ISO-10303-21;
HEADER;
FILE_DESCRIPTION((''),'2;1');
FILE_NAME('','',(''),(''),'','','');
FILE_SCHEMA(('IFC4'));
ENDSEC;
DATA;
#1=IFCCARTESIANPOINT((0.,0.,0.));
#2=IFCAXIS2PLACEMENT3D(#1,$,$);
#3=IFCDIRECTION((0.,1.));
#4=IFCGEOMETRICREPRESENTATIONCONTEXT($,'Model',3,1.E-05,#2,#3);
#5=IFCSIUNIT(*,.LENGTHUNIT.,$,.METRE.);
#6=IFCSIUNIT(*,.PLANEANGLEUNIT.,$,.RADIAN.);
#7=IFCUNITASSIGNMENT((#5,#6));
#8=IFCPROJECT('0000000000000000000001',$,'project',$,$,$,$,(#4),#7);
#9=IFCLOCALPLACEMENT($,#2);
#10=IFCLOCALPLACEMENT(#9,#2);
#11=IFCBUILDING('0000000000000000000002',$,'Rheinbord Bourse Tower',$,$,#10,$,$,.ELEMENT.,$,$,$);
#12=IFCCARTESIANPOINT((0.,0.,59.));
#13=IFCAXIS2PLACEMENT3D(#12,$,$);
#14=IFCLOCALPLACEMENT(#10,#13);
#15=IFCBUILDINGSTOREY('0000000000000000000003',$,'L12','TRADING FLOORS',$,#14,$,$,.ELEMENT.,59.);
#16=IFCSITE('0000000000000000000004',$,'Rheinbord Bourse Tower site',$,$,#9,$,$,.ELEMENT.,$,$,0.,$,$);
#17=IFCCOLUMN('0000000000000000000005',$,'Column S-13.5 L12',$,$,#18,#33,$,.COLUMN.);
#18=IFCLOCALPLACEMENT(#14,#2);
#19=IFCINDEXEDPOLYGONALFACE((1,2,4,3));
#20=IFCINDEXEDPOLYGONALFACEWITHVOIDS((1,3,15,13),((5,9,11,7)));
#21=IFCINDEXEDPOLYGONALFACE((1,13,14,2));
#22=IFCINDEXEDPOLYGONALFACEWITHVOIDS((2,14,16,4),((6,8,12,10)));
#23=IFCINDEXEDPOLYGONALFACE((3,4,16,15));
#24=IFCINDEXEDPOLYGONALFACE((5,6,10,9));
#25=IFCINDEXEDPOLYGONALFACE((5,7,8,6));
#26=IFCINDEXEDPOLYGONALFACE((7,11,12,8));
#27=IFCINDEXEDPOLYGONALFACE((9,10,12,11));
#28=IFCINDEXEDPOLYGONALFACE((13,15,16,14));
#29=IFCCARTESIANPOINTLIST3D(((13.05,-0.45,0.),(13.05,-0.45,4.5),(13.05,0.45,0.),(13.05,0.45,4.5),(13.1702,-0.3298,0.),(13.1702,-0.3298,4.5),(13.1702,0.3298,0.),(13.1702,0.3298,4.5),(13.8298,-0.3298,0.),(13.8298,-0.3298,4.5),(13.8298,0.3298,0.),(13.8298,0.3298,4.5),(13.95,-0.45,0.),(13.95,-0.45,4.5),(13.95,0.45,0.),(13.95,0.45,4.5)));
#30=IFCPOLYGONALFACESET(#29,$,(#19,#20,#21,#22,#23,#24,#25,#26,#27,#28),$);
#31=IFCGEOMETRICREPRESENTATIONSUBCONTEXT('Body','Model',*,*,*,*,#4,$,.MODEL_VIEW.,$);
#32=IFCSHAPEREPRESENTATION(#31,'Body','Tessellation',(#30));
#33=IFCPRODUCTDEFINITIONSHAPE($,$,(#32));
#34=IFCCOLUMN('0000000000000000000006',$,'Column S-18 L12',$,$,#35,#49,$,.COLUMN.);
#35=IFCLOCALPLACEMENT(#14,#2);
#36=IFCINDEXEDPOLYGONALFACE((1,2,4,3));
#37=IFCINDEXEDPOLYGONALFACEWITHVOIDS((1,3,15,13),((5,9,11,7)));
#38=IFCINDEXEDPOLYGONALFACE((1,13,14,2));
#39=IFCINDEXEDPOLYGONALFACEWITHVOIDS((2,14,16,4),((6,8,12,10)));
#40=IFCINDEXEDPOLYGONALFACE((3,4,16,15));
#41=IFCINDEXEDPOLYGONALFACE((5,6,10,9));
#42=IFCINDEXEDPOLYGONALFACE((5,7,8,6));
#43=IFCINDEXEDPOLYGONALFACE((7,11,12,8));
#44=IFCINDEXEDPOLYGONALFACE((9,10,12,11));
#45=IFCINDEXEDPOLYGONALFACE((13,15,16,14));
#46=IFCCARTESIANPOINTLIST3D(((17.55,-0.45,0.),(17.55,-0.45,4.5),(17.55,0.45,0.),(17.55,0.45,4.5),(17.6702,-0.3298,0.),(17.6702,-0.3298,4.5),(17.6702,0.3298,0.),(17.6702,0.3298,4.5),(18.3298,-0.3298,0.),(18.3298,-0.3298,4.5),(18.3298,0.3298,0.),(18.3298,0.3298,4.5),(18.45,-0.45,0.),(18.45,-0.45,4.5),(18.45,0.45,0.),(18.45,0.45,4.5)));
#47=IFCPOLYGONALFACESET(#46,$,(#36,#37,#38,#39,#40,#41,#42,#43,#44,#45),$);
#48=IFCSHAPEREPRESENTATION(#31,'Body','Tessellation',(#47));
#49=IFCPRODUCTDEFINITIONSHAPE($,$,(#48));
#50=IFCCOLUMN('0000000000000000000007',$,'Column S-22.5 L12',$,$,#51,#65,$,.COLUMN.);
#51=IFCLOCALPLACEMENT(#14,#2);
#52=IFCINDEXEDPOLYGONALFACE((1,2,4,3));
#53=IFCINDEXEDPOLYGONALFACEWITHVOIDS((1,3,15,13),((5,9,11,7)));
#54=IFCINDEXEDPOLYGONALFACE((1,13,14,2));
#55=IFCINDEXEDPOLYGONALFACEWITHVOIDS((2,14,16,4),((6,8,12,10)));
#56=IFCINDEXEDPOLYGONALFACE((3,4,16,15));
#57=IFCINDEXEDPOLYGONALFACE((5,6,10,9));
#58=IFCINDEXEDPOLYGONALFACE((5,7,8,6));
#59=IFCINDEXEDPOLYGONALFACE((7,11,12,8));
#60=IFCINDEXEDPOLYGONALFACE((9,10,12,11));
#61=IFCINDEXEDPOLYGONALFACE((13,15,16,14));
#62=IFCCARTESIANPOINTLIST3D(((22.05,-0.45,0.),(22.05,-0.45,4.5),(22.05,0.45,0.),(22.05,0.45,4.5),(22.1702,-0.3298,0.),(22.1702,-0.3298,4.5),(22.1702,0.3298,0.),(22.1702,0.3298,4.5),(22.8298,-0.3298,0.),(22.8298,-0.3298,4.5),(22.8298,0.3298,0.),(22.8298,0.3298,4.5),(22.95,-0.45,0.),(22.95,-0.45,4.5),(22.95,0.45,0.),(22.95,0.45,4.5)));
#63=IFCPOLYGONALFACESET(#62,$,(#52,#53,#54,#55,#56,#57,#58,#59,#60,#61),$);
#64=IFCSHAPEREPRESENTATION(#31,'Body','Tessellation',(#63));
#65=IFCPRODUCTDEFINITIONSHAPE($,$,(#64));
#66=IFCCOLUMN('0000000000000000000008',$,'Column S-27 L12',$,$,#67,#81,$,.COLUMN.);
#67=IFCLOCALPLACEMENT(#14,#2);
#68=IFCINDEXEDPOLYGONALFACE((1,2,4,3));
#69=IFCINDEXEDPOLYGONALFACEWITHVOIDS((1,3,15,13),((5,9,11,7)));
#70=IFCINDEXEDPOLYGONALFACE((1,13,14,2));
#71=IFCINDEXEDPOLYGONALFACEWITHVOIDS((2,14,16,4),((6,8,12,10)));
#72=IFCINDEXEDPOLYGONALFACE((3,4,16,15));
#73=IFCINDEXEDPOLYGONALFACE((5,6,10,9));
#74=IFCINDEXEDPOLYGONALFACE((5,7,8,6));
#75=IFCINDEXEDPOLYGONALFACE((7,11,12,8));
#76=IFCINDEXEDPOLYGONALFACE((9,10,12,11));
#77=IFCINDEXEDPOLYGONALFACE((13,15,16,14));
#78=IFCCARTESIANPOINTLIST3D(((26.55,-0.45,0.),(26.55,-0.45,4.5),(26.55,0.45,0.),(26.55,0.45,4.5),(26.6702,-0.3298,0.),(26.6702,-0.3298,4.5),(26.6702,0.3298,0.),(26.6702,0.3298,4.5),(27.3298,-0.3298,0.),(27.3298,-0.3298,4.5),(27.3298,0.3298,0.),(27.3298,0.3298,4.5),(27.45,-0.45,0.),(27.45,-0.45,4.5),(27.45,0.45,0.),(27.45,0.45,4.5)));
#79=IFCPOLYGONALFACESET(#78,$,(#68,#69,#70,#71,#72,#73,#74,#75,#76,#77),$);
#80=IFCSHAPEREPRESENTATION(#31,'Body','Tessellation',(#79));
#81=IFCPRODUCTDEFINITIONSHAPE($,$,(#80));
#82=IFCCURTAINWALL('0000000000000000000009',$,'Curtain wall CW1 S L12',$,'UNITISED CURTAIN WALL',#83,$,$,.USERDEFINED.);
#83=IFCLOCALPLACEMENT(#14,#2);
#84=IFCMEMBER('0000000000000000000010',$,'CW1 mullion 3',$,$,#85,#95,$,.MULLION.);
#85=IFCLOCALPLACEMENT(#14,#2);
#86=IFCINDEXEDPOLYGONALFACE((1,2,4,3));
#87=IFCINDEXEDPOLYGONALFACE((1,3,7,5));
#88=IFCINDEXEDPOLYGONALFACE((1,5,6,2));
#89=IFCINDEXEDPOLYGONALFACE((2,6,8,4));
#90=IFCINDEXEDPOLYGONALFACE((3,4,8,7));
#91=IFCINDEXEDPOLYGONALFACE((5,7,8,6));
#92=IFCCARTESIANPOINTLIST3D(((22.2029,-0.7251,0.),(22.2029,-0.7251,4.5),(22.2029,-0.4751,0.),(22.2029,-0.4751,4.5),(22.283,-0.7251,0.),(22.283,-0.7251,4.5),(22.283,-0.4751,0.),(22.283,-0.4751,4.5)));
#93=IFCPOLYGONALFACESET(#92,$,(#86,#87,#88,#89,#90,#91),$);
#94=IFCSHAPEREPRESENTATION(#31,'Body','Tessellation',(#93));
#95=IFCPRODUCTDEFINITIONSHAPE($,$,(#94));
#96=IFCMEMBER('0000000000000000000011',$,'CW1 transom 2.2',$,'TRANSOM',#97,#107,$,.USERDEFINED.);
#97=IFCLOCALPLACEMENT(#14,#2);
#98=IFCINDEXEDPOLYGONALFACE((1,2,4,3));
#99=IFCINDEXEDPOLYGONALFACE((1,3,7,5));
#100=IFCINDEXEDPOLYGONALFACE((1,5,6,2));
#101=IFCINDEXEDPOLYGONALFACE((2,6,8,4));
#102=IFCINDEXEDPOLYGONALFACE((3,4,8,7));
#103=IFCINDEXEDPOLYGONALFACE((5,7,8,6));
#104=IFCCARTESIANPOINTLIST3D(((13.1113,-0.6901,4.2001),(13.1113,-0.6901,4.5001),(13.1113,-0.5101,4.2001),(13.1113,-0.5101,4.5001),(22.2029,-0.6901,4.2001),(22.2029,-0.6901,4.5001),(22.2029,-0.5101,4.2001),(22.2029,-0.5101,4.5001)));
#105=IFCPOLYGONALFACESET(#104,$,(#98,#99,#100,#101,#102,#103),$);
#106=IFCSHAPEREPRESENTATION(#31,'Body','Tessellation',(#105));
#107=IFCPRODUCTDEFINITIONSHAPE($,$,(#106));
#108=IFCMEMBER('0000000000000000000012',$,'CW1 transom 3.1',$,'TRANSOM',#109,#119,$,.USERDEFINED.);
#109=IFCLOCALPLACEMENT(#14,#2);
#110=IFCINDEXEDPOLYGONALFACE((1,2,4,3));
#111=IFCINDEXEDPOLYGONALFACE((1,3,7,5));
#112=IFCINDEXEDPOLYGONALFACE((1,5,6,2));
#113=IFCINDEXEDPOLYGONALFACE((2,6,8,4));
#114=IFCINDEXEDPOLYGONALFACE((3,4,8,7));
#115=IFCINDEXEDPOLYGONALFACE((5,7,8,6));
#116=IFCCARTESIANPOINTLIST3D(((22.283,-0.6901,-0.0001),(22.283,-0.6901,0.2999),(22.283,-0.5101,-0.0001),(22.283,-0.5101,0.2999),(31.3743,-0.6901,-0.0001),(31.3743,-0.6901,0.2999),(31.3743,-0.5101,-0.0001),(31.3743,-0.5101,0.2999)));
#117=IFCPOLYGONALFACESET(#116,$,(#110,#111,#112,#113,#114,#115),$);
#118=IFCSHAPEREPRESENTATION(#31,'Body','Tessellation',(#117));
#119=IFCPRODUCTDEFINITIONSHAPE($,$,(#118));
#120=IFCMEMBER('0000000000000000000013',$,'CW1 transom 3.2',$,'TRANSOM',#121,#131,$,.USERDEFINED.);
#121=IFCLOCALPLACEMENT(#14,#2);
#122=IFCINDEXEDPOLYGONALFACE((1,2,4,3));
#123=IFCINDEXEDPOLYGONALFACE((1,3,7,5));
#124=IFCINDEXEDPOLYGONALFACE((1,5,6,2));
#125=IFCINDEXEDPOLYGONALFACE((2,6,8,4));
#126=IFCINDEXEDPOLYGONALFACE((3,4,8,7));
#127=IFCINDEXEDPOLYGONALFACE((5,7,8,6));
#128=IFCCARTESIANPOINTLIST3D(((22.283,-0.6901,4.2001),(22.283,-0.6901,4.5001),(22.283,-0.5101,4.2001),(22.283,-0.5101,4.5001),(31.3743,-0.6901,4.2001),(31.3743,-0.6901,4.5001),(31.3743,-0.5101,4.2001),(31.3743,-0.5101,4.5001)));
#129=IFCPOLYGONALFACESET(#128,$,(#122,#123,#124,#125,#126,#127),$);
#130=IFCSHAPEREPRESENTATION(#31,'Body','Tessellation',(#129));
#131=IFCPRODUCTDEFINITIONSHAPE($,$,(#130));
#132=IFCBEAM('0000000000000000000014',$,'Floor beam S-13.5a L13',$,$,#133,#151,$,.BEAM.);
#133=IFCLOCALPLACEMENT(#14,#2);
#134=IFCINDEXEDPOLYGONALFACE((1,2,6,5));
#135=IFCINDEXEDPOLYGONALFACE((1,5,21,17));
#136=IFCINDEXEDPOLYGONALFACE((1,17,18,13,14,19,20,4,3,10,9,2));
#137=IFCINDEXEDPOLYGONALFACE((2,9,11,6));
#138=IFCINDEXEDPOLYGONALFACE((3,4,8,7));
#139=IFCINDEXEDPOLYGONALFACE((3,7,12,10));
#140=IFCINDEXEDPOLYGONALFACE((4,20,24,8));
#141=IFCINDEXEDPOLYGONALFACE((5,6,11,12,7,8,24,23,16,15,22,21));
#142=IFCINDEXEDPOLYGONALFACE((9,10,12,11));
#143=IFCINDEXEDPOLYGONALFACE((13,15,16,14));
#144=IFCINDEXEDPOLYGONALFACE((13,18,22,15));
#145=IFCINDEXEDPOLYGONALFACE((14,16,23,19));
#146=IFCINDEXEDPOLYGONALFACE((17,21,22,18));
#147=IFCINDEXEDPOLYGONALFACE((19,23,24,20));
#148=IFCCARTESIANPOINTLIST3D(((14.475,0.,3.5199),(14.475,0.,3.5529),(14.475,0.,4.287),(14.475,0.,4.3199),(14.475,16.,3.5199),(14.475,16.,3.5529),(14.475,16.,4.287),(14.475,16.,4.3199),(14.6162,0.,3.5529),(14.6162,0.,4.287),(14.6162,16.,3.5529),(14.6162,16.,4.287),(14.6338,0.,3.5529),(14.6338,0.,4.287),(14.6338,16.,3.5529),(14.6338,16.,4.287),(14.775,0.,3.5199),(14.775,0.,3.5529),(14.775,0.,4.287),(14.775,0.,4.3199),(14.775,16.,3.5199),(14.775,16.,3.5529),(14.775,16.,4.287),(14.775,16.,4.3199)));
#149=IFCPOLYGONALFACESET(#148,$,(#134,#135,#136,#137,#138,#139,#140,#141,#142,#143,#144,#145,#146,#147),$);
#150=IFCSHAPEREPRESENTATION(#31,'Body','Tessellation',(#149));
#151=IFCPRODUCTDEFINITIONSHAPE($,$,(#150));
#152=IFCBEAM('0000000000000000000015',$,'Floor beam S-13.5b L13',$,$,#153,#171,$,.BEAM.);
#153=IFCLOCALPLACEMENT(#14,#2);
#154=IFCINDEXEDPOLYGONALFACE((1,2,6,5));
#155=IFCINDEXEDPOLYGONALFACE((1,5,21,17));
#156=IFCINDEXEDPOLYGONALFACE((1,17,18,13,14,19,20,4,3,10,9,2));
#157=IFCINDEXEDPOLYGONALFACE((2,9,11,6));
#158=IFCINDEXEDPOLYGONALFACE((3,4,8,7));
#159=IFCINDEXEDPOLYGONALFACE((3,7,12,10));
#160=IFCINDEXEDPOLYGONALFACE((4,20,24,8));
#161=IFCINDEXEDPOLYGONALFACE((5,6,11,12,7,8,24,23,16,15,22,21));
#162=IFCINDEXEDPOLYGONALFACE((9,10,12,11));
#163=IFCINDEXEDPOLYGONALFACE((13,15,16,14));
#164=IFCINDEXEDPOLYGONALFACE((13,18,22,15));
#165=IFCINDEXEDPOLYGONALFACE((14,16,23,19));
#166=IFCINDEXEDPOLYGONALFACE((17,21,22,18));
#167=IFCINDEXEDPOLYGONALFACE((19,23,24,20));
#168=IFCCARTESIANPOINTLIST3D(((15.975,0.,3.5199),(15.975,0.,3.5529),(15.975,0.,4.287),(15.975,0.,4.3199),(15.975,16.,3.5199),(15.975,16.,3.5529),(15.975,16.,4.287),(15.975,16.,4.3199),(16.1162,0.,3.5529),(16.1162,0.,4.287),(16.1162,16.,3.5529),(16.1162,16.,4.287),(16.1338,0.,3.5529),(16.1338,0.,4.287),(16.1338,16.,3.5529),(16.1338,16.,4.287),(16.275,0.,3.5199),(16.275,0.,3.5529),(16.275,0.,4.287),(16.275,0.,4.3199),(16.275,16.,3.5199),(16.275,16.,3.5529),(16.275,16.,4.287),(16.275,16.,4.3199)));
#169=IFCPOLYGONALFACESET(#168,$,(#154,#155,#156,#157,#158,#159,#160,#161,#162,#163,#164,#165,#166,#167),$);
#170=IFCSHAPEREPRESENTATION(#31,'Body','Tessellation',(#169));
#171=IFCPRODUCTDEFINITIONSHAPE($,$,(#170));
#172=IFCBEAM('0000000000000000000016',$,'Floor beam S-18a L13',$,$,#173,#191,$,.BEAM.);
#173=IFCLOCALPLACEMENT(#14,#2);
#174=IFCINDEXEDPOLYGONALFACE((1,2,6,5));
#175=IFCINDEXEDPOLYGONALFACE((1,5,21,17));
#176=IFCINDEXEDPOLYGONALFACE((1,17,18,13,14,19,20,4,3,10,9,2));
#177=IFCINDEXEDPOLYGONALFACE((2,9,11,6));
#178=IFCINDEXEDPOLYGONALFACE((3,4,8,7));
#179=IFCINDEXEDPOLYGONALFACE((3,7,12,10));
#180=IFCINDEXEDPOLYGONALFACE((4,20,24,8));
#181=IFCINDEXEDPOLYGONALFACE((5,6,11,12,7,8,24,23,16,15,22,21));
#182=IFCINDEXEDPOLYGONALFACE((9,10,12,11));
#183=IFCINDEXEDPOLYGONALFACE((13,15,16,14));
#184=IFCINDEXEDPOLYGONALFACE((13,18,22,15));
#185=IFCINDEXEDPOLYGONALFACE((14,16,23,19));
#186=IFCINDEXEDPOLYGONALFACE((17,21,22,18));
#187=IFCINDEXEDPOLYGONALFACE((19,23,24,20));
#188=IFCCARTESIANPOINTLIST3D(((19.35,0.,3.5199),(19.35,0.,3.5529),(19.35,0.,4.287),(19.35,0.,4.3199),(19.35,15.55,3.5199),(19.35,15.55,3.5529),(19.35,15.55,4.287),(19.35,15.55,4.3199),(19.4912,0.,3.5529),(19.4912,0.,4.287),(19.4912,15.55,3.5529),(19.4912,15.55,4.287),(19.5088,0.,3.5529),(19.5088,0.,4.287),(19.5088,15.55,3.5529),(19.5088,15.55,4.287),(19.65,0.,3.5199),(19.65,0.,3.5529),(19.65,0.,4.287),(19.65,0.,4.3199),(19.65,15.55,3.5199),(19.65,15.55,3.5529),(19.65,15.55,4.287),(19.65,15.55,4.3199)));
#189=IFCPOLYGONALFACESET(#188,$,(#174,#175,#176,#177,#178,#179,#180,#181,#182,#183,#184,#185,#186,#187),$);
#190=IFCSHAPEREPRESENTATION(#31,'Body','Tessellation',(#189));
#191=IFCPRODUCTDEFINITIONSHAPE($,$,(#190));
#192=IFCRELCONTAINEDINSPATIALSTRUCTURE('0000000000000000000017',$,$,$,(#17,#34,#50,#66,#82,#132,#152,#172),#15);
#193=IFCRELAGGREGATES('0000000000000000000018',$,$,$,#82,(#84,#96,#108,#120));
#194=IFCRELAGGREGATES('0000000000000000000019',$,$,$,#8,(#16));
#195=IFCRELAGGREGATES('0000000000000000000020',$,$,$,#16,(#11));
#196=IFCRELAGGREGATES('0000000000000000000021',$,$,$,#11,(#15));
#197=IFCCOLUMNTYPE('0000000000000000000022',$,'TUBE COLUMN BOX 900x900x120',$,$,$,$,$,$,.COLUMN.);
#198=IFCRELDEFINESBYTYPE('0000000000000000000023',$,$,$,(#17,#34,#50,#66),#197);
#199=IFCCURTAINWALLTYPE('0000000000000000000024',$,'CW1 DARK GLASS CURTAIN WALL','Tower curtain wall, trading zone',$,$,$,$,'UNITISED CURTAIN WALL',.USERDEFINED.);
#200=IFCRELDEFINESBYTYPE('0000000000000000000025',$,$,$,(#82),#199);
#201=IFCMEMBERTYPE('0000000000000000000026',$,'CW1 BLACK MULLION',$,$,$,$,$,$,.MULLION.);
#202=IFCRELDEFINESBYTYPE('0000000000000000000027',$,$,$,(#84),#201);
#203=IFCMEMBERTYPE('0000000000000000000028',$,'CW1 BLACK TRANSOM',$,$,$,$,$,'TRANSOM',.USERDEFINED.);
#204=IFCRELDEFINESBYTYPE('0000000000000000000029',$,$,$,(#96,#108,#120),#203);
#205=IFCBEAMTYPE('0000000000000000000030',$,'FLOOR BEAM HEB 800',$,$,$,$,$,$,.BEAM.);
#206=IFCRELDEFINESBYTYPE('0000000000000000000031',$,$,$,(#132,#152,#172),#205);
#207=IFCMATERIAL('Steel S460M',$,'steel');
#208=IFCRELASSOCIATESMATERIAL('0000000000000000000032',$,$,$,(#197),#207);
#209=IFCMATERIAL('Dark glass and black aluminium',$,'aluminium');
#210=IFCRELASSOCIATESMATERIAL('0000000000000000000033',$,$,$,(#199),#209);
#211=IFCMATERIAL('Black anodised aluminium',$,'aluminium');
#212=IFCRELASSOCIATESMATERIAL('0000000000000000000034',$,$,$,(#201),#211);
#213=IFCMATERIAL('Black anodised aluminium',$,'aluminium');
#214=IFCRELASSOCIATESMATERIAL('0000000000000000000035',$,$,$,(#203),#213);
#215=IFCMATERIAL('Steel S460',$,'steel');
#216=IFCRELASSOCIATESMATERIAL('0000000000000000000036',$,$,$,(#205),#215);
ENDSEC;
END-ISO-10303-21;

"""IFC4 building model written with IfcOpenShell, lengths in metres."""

from ifc_helpers import new_model, si_unit, direction, frame, origin, origin_2d, place, context, subcontext, project, spatial, rectangle, hollow_rectangle, i_section, extrude, material, material_profile, profile_set, type_object, element, aggregate, save


model = new_model("IFC4")

# Units and contexts
model_context = context("Model", 3, precision=1e-05, world=origin(), true_north=direction((0.0, 1.0)))
body_context = subcontext(model_context, "Body", "Model", "MODEL_VIEW")
ifc_project = project(units=[si_unit("LENGTHUNIT", "METRE"), si_unit("PLANEANGLEUNIT", "RADIAN")], contexts=[model_context])

# Site, building, storey
site_placement = place(None, origin())
site = spatial("IfcSite", under=ifc_project, at=site_placement, Name="Rheinbord Bourse Tower site", CompositionType="ELEMENT", RefElevation=0.0)
building_placement = place(site_placement, origin())
building = spatial("IfcBuilding", under=site, at=building_placement, Name="Rheinbord Bourse Tower", CompositionType="ELEMENT")
storey_placement = place(building_placement, frame((0.0, 0.0, 59.0)))
storey = spatial("IfcBuildingStorey", under=building, at=storey_placement, Name="L12", Description="TRADING FLOORS", CompositionType="ELEMENT", Elevation=59.0)

# Columns
ifc_material_1 = material(Name="Steel S460M", Category="steel")
ifc_material_profile_1 = material_profile(ifc_material_1, hollow_rectangle(XDim=0.8999, YDim=0.8999, WallThickness=0.1201, at=origin_2d()), Name="BOX 900x900x120")
ifc_profile_set_1 = profile_set([ifc_material_profile_1], Name="Steel S460M")
column_type = type_object("IfcColumnType", Name="TUBE COLUMN BOX 900x900x120", PredefinedType="COLUMN", material=ifc_profile_set_1)
for number, where, z_axis, x_axis, name in (
    (1, (13.5, 0.0, 0.0), (0.0, 0.0, 1.0), (0.0, 1.0, 0.0), "Column S-13.5 L12"),
    (2, (18.0, 0.0, 0.0), (0.0, 0.0, 1.0), (0.0, 1.0, 0.0), "Column S-18 L12"),
    (3, (22.5, 0.0, 0.0), (0.0, 0.0, 1.0), (0.0, 1.0, 0.0), "Column S-22.5 L12"),
    (4, (27.0, 0.0, 0.0), (0.0, 0.0, 1.0), (0.0, 1.0, 0.0), "Column S-27 L12"),
):
    element("IfcColumn", number, at=place(storey_placement, frame(where, z_axis=z_axis, x_axis=x_axis)), inside=storey, type_object=column_type, Name=name, PredefinedType="COLUMN", context=body_context, shape_type="SweptSolid", body=[
        extrude(hollow_rectangle(XDim=0.8999, YDim=0.8999, WallThickness=0.1201, at=origin_2d()), origin(), (0.0, 0.0, 1.0), 4.5),
    ])

# Curtain wall, members
ifc_material_2 = material(Name="Dark glass and black aluminium", Category="aluminium")
curtain_wall_type = type_object("IfcCurtainWallType", Name="CW1 DARK GLASS CURTAIN WALL", Description="Tower curtain wall, trading zone", ElementType="UNITISED CURTAIN WALL", PredefinedType="USERDEFINED", material=ifc_material_2)
curtain_wall_placement = place(storey_placement, origin())
curtain_wall = element("IfcCurtainWall", 5, at=curtain_wall_placement, inside=storey, type_object=curtain_wall_type, Name="Curtain wall CW1 S L12", ObjectType="UNITISED CURTAIN WALL", PredefinedType="USERDEFINED")
ifc_material_3 = material(Name="Black anodised aluminium", Category="aluminium")
ifc_material_profile_2 = material_profile(ifc_material_3, rectangle(XDim=0.25, YDim=0.0801, at=origin_2d()), Name="CW1 MULLION 80x250")
ifc_profile_set_2 = profile_set([ifc_material_profile_2], Name="Black anodised aluminium")
member_type_1 = type_object("IfcMemberType", Name="CW1 BLACK MULLION", PredefinedType="MULLION", material=ifc_profile_set_2)
member_1_placement = place(storey_placement, frame((22.2429, -0.6001, 0.0), z_axis=(0.0, 0.0, 1.0), x_axis=(0.0, 1.0, 0.0)))
member_1 = element("IfcMember", 6, at=member_1_placement, type_object=member_type_1, Name="CW1 mullion 3", PredefinedType="MULLION", context=body_context, shape_type="SweptSolid", body=[
    extrude(rectangle(XDim=0.25, YDim=0.0801, at=origin_2d()), origin(), (0.0, 0.0, 1.0), 4.5),
])
ifc_material_4 = material(Name="Black anodised aluminium", Category="aluminium")
ifc_material_profile_3 = material_profile(ifc_material_4, rectangle(XDim=0.1799, YDim=0.3, at=origin_2d()), Name="CW1 TRANSOM 300x180")
ifc_profile_set_3 = profile_set([ifc_material_profile_3], Name="Black anodised aluminium")
member_type_2 = type_object("IfcMemberType", Name="CW1 BLACK TRANSOM", ElementType="TRANSOM", PredefinedType="USERDEFINED", material=ifc_profile_set_3)
member_2_placement = place(storey_placement, frame((13.1113, -0.6001, 4.3501), z_axis=(1.0, 0.0, 0.0), x_axis=(0.0, 1.0, 0.0)))
member_2 = element("IfcMember", 7, at=member_2_placement, type_object=member_type_2, Name="CW1 transom 2.2", ObjectType="TRANSOM", PredefinedType="USERDEFINED", context=body_context, shape_type="SweptSolid", body=[
    extrude(rectangle(XDim=0.1799, YDim=0.3, at=origin_2d()), origin(), (0.0, 0.0, 1.0), 9.0916),
])
member_3_placement = place(storey_placement, frame((22.283, -0.6001, 0.1499), z_axis=(1.0, 0.0, 0.0), x_axis=(0.0, 1.0, 0.0)))
member_3 = element("IfcMember", 8, at=member_3_placement, type_object=member_type_2, Name="CW1 transom 3.1", ObjectType="TRANSOM", PredefinedType="USERDEFINED", context=body_context, shape_type="SweptSolid", body=[
    extrude(rectangle(XDim=0.1799, YDim=0.3, at=origin_2d()), origin(), (0.0, 0.0, 1.0), 9.0913),
])
member_4_placement = place(storey_placement, frame((22.283, -0.6001, 4.3501), z_axis=(1.0, 0.0, 0.0), x_axis=(0.0, 1.0, 0.0)))
member_4 = element("IfcMember", 9, at=member_4_placement, type_object=member_type_2, Name="CW1 transom 3.2", ObjectType="TRANSOM", PredefinedType="USERDEFINED", context=body_context, shape_type="SweptSolid", body=[
    extrude(rectangle(XDim=0.1799, YDim=0.3, at=origin_2d()), origin(), (0.0, 0.0, 1.0), 9.0913),
])

# Beams
ifc_material_5 = material(Name="Steel S460", Category="steel")
ifc_material_profile_4 = material_profile(ifc_material_5, i_section(OverallWidth=0.3, OverallDepth=0.8, WebThickness=0.0176, FlangeThickness=0.033, at=origin_2d()), Name="HEB 800")
ifc_profile_set_4 = profile_set([ifc_material_profile_4], Name="Steel S460")
beam_type_1 = type_object("IfcBeamType", Name="FLOOR BEAM HEB 800", PredefinedType="BEAM", material=ifc_profile_set_4)
for number, where, z_axis, x_axis, name in (
    (10, (14.625, 0.0, 3.9199), (0.0, 1.0, 0.0), (-1.0, 0.0, 0.0), "Floor beam S-13.5a L13"),
    (11, (16.125, 0.0, 3.9199), (0.0, 1.0, 0.0), (-1.0, 0.0, 0.0), "Floor beam S-13.5b L13"),
):
    element("IfcBeam", number, at=place(storey_placement, frame(where, z_axis=z_axis, x_axis=x_axis)), inside=storey, type_object=beam_type_1, Name=name, PredefinedType="BEAM", context=body_context, shape_type="SweptSolid", body=[
        extrude(i_section(OverallWidth=0.3, OverallDepth=0.8, WebThickness=0.0176, FlangeThickness=0.033, at=origin_2d()), origin(), (0.0, 0.0, 1.0), 16.0),
    ])
for number, where, z_axis, x_axis, name in (
    (12, (19.5, 0.0, 3.9199), (0.0, 1.0, 0.0), (-1.0, 0.0, 0.0), "Floor beam S-18a L13"),
):
    element("IfcBeam", number, at=place(storey_placement, frame(where, z_axis=z_axis, x_axis=x_axis)), inside=storey, type_object=beam_type_1, Name=name, PredefinedType="BEAM", context=body_context, shape_type="SweptSolid", body=[
        extrude(i_section(OverallWidth=0.3, OverallDepth=0.8, WebThickness=0.0176, FlangeThickness=0.033, at=origin_2d()), origin(), (0.0, 0.0, 1.0), 15.55),
    ])

aggregate(curtain_wall, [member_1, member_2, member_3, member_4])

save(model, "model.ifc")
